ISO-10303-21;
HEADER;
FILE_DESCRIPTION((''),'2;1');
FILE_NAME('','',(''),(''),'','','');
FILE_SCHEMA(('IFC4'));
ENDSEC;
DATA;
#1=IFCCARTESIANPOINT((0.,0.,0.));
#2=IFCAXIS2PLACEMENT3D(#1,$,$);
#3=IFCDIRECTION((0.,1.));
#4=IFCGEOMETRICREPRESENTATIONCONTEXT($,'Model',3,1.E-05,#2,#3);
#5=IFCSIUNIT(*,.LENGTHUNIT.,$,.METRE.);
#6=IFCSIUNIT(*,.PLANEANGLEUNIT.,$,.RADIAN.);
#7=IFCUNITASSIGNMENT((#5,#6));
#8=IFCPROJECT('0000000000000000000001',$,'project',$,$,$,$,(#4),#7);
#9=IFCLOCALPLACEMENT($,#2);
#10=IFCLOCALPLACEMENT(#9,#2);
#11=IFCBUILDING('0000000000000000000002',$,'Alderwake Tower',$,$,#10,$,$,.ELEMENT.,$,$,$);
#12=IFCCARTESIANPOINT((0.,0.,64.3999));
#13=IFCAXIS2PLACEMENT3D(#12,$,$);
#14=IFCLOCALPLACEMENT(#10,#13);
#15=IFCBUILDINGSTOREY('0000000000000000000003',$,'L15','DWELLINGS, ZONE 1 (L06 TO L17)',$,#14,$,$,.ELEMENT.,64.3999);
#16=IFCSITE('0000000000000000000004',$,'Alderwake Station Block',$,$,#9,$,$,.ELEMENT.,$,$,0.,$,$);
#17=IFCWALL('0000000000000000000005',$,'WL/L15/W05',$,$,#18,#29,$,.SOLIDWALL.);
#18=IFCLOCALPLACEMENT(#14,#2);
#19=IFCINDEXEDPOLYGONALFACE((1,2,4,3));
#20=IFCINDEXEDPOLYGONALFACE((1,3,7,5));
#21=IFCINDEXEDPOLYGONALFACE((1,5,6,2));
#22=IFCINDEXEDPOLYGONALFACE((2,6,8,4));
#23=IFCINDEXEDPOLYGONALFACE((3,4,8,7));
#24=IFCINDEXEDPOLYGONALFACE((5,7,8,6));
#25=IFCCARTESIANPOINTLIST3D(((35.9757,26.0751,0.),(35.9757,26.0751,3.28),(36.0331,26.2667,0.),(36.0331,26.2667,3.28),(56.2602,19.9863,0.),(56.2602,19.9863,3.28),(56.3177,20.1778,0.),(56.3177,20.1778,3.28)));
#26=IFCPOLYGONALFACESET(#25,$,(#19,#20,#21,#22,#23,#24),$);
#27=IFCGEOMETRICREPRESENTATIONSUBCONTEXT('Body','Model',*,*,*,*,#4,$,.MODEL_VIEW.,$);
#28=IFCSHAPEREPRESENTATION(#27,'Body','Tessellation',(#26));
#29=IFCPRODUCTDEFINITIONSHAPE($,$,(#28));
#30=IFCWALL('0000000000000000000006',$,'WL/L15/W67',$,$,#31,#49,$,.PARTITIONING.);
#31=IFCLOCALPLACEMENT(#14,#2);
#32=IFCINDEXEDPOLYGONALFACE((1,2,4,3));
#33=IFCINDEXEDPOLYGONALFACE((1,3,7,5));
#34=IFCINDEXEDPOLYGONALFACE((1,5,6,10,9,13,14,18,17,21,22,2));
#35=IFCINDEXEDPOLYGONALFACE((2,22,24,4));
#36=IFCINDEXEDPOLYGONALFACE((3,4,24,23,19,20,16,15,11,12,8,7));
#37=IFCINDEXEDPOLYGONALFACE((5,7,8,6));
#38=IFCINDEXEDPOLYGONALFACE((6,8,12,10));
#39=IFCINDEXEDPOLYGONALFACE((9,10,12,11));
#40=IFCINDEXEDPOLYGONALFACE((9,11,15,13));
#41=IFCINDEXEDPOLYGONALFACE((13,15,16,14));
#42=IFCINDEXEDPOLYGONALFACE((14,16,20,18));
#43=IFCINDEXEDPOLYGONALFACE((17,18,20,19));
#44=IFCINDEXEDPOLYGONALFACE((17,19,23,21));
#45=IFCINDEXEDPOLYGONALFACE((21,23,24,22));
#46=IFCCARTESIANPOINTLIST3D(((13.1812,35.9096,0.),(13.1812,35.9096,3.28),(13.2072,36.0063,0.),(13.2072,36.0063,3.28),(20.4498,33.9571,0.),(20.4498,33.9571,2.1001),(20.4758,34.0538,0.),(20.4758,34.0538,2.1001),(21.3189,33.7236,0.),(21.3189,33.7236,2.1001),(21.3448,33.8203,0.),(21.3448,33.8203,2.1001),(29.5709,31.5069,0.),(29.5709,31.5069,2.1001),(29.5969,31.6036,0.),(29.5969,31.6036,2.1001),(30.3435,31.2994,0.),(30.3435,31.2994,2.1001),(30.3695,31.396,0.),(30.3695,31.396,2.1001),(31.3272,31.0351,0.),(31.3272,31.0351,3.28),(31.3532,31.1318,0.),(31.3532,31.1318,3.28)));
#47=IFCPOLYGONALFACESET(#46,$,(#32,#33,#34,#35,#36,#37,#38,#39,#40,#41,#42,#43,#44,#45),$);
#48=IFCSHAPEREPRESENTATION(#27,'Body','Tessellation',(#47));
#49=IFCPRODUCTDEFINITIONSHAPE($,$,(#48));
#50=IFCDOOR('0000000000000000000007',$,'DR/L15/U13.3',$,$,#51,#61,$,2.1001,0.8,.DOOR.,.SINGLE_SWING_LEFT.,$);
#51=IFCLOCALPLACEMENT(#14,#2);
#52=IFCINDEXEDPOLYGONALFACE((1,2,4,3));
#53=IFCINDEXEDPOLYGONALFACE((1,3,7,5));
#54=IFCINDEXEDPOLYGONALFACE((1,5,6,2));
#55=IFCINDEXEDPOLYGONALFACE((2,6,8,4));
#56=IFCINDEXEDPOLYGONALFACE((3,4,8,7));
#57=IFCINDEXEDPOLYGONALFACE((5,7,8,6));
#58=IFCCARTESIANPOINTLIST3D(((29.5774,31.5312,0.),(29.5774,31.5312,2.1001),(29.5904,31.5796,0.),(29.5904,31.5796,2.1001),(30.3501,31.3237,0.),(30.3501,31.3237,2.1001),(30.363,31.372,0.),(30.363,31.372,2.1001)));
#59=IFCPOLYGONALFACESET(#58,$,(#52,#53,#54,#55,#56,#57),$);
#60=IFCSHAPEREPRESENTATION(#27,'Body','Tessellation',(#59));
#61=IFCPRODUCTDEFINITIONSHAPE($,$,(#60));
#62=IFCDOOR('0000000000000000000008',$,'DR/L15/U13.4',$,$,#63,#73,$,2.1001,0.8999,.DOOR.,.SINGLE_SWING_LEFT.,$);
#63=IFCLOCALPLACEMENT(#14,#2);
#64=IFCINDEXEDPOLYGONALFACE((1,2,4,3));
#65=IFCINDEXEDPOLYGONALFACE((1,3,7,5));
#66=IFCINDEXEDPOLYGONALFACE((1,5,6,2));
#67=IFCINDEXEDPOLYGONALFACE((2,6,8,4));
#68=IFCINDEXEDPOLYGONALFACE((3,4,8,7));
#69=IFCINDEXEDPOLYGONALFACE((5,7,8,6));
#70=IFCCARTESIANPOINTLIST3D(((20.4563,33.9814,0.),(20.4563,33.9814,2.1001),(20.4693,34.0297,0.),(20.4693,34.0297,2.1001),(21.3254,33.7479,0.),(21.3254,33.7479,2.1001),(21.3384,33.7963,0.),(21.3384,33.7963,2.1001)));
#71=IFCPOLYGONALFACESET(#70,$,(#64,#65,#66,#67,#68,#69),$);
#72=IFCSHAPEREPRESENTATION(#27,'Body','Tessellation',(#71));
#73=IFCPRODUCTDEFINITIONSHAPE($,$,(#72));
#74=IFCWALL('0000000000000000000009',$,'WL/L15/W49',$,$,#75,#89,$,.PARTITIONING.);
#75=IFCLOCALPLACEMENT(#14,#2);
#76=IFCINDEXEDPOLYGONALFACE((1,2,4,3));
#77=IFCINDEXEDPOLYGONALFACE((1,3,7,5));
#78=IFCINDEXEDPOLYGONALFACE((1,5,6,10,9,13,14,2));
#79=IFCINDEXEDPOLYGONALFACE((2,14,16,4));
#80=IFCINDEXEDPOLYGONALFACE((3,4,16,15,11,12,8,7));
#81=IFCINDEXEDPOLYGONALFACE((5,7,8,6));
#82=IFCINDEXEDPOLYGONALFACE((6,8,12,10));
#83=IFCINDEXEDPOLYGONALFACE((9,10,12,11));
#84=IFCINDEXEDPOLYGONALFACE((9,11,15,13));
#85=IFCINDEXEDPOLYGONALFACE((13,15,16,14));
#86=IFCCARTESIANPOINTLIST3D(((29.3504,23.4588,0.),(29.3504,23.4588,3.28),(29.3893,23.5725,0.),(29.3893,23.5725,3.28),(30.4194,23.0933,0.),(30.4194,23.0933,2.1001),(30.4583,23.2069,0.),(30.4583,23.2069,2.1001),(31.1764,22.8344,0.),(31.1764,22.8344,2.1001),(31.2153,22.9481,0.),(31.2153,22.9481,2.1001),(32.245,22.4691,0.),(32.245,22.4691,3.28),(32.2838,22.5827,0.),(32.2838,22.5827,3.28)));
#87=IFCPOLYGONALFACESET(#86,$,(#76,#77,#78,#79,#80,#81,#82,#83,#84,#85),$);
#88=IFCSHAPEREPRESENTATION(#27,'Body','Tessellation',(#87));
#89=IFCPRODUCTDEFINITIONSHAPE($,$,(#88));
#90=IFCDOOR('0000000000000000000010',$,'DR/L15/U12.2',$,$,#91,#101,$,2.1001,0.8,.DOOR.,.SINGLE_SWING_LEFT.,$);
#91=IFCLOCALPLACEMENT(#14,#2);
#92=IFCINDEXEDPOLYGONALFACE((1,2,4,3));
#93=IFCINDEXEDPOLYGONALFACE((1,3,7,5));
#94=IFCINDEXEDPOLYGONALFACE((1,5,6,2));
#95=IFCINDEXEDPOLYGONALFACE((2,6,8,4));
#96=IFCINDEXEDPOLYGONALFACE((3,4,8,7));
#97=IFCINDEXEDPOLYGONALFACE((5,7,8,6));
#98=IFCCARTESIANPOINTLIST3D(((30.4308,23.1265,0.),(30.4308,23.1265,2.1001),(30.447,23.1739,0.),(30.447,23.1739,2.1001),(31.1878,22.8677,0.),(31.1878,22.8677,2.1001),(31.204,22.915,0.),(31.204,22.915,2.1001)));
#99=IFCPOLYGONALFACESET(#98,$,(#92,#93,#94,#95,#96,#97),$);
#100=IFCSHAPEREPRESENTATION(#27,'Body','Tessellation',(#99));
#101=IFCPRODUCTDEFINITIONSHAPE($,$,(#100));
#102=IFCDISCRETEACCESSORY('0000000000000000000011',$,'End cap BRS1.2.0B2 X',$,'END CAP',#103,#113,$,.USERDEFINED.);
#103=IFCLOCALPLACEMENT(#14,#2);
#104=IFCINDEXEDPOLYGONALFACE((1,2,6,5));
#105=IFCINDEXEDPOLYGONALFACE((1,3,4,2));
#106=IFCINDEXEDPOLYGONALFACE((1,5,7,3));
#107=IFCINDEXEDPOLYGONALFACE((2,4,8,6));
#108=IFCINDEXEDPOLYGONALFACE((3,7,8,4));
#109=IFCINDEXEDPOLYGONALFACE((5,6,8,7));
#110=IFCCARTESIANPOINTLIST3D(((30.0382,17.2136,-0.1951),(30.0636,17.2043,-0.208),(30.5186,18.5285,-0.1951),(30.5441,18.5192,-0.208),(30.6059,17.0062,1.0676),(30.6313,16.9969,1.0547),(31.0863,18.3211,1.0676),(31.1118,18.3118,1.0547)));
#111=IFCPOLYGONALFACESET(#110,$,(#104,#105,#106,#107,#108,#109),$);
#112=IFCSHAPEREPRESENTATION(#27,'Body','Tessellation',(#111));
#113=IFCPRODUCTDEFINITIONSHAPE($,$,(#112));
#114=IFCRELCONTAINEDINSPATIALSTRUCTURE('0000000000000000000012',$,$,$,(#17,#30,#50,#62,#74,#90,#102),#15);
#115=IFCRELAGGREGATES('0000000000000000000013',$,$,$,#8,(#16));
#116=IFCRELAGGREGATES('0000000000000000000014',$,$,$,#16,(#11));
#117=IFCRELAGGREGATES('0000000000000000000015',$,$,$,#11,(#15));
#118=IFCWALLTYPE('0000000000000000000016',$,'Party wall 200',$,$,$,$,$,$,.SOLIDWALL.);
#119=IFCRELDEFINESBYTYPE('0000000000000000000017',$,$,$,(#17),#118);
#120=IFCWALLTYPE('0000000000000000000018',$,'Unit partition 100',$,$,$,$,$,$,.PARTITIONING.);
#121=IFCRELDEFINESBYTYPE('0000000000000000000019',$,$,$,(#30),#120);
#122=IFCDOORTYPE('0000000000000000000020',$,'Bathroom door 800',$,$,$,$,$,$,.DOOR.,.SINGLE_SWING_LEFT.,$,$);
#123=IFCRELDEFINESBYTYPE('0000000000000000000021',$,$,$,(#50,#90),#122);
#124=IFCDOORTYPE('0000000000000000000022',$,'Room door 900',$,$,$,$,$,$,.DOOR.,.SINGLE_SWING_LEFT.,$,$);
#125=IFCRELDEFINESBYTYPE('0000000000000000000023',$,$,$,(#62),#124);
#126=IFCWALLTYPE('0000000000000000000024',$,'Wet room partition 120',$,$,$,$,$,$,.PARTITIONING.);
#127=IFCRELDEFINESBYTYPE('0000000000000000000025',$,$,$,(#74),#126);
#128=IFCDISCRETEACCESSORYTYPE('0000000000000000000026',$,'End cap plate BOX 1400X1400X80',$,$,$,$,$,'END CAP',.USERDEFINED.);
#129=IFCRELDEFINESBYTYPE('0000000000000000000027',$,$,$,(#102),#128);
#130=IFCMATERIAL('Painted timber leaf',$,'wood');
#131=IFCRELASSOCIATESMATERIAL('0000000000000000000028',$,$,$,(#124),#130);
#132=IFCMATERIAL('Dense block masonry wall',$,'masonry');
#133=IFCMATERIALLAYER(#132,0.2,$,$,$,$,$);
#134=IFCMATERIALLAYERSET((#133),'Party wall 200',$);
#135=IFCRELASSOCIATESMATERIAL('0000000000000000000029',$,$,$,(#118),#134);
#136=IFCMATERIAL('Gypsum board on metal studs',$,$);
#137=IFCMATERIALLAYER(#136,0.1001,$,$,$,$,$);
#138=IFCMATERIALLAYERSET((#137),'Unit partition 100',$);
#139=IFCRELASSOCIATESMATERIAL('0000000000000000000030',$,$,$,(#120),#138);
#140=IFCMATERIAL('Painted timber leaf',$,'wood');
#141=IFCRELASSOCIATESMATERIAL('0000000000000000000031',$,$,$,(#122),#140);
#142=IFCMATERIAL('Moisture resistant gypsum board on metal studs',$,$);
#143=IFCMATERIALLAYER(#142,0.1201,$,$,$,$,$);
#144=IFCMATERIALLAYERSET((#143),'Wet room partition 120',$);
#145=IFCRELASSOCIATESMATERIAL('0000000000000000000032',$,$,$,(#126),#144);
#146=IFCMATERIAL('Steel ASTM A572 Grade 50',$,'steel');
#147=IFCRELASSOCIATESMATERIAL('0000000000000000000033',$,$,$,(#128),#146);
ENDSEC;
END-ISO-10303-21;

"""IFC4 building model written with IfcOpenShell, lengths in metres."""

from ifc_helpers import new_model, si_unit, direction, frame, frame_2d, origin, origin_2d, place, context, subcontext, project, spatial, rectangle, extrude, material, layer, layer_set, material_profile, profile_set, type_object, element, fill, save


model = new_model("IFC4")

# Units and contexts
model_context = context("Model", 3, precision=1e-05, world=origin(), true_north=direction((0.0, 1.0)))
body_context = subcontext(model_context, "Body", "Model", "MODEL_VIEW")
ifc_project = project(units=[si_unit("LENGTHUNIT", "METRE"), si_unit("PLANEANGLEUNIT", "RADIAN")], contexts=[model_context])

# Site, building, storey
site_placement = place(None, origin())
site = spatial("IfcSite", under=ifc_project, at=site_placement, Name="Alderwake Station Block", CompositionType="ELEMENT", RefElevation=0.0)
building_placement = place(site_placement, origin())
building = spatial("IfcBuilding", under=site, at=building_placement, Name="Alderwake Tower", CompositionType="ELEMENT")
storey_placement = place(building_placement, frame((0.0, 0.0, 64.3999)))
storey = spatial("IfcBuildingStorey", under=building, at=storey_placement, Name="L15", Description="DWELLINGS, ZONE 1 (L06 TO L17)", CompositionType="ELEMENT", Elevation=64.3999)

# Shared definitions
ifc_material_1 = material(Name="Painted timber leaf", Category="wood")
door_type_1 = type_object("IfcDoorType", Name="Room door 900", OperationType="SINGLE_SWING_LEFT", PredefinedType="DOOR", material=ifc_material_1)

# Wall
ifc_material_2 = material(Name="Dense block masonry wall", Category="masonry")
ifc_layer_1 = layer(ifc_material_2, 0.2)
ifc_layer_set_1 = layer_set([ifc_layer_1], Name="Party wall 200")
wall_type_1 = type_object("IfcWallType", Name="Party wall 200", PredefinedType="SOLIDWALL", material=ifc_layer_set_1)
wall_1_placement = place(storey_placement, frame((36.0044, 26.1709, 0.0), z_axis=(0.0, 0.0, 1.0), x_axis=(0.957781, -0.287498, 0.0)))
element("IfcWall", 1, at=wall_1_placement, inside=storey, type_object=wall_type_1, Name="WL/L15/W05", PredefinedType="SOLIDWALL", context=body_context, shape_type="SweptSolid", body=[
    extrude(rectangle(XDim=21.1787, YDim=0.2, at=frame_2d((10.5894, 0.0))), origin(), (0.0, 0.0, 1.0), 3.28),
])

# Wall, openings, doors
ifc_material_3 = material(Name="Gypsum board on metal studs")
ifc_layer_2 = layer(ifc_material_3, 0.1001)
ifc_layer_set_2 = layer_set([ifc_layer_2], Name="Unit partition 100")
wall_type_2 = type_object("IfcWallType", Name="Unit partition 100", PredefinedType="PARTITIONING", material=ifc_layer_set_2)
wall_2_placement = place(storey_placement, frame((31.3401, 31.0835, 0.0), z_axis=(0.0, 0.0, 1.0), x_axis=(-0.965762, 0.25943, 0.0)))
wall_2 = element("IfcWall", 2, at=wall_2_placement, inside=storey, type_object=wall_type_2, Name="WL/L15/W67", PredefinedType="PARTITIONING", context=body_context, shape_type="SweptSolid", body=[
    extrude(rectangle(XDim=18.7893, YDim=0.1001, at=frame_2d((9.3945, 0.0))), origin(), (0.0, 0.0, 1.0), 3.28),
])
opening_1_placement = place(wall_2_placement, frame((1.0186, 0.0, 0.0)))
opening_1 = element("IfcOpeningElement", 3, at=opening_1_placement, cuts=wall_2, PredefinedType="OPENING", context=body_context, shape_type="SweptSolid", body=[
    extrude(rectangle(XDim=0.8, YDim=2.1001, at=frame_2d((0.3999, 1.05))), frame((0.0, 0.0601, 0.0), z_axis=(0.0, -1.0, 0.0), x_axis=(1.0, 0.0, 0.0)), (0.0, 0.0, 1.0), 0.1201),
])
opening_2_placement = place(wall_2_placement, frame((10.363, 0.0, 0.0)))
opening_2 = element("IfcOpeningElement", 4, at=opening_2_placement, cuts=wall_2, PredefinedType="OPENING", context=body_context, shape_type="SweptSolid", body=[
    extrude(rectangle(XDim=0.8999, YDim=2.1001, at=frame_2d((0.45, 1.05))), frame((0.0, 0.0601, 0.0), z_axis=(0.0, -1.0, 0.0), x_axis=(1.0, 0.0, 0.0)), (0.0, 0.0, 1.0), 0.1201),
])
ifc_material_4 = material(Name="Painted timber leaf", Category="wood")
door_type_2 = type_object("IfcDoorType", Name="Bathroom door 800", OperationType="SINGLE_SWING_LEFT", PredefinedType="DOOR", material=ifc_material_4)
door_1_placement = place(opening_1_placement, origin())
door_1 = element("IfcDoor", 5, at=door_1_placement, inside=storey, type_object=door_type_2, Name="DR/L15/U13.3", OperationType="SINGLE_SWING_LEFT", OverallHeight=2.1001, OverallWidth=0.8, PredefinedType="DOOR", context=body_context, shape_type="SweptSolid", body=[
    extrude(rectangle(XDim=0.8, YDim=2.1001, at=frame_2d((0.3999, 1.05))), frame((0.0, 0.0249, 0.0), z_axis=(0.0, -1.0, 0.0), x_axis=(1.0, 0.0, 0.0)), (0.0, 0.0, 1.0), 0.05),
])
fill(opening_1, door_1)
door_2_placement = place(opening_2_placement, origin())
door_2 = element("IfcDoor", 6, at=door_2_placement, inside=storey, type_object=door_type_1, Name="DR/L15/U13.4", OperationType="SINGLE_SWING_LEFT", OverallHeight=2.1001, OverallWidth=0.8999, PredefinedType="DOOR", context=body_context, shape_type="SweptSolid", body=[
    extrude(rectangle(XDim=0.8999, YDim=2.1001, at=frame_2d((0.45, 1.05))), frame((0.0, 0.0249, 0.0), z_axis=(0.0, -1.0, 0.0), x_axis=(1.0, 0.0, 0.0)), (0.0, 0.0, 1.0), 0.05),
])
fill(opening_2, door_2)

# Wall, opening, door
ifc_material_5 = material(Name="Moisture resistant gypsum board on metal studs")
ifc_layer_3 = layer(ifc_material_5, 0.1201)
ifc_layer_set_3 = layer_set([ifc_layer_3], Name="Wet room partition 120")
wall_type_3 = type_object("IfcWallType", Name="Wet room partition 120", PredefinedType="PARTITIONING", material=ifc_layer_set_3)
wall_3_placement = place(storey_placement, frame((32.2644, 22.5259, 0.0), z_axis=(0.0, 0.0, 1.0), x_axis=(-0.946213, 0.323545, 0.0)))
wall_3 = element("IfcWall", 7, at=wall_3_placement, inside=storey, type_object=wall_type_3, Name="WL/L15/W49", PredefinedType="PARTITIONING", context=body_context, shape_type="SweptSolid", body=[
    extrude(rectangle(XDim=3.0591, YDim=0.1201, at=frame_2d((1.5295, 0.0))), origin(), (0.0, 0.0, 1.0), 3.28),
])
opening_3_placement = place(wall_3_placement, frame((1.1294, 0.0, 0.0)))
opening_3 = element("IfcOpeningElement", 8, at=opening_3_placement, cuts=wall_3, PredefinedType="OPENING", context=body_context, shape_type="SweptSolid", body=[
    extrude(rectangle(XDim=0.8, YDim=2.1001, at=frame_2d((0.3999, 1.05))), frame((0.0, 0.0701, 0.0), z_axis=(0.0, -1.0, 0.0), x_axis=(1.0, 0.0, 0.0)), (0.0, 0.0, 1.0), 0.1401),
])
door_3_placement = place(opening_3_placement, origin())
door_3 = element("IfcDoor", 9, at=door_3_placement, inside=storey, type_object=door_type_2, Name="DR/L15/U12.2", OperationType="SINGLE_SWING_LEFT", OverallHeight=2.1001, OverallWidth=0.8, PredefinedType="DOOR", context=body_context, shape_type="SweptSolid", body=[
    extrude(rectangle(XDim=0.8, YDim=2.1001, at=frame_2d((0.3999, 1.05))), frame((0.0, 0.0249, 0.0), z_axis=(0.0, -1.0, 0.0), x_axis=(1.0, 0.0, 0.0)), (0.0, 0.0, 1.0), 0.05),
])
fill(opening_3, door_3)

# Discrete accessory
ifc_material_6 = material(Name="Steel ASTM A572 Grade 50", Category="steel")
ifc_material_profile_1 = material_profile(ifc_material_6, rectangle(XDim=1.3999, YDim=1.3999, at=origin_2d()), Name="BOX 1400X1400X80 cap")
ifc_profile_set_1 = profile_set([ifc_material_profile_1], Name="Steel ASTM A572 Grade 50")
discrete_accessory_type = type_object("IfcDiscreteAccessoryType", Name="End cap plate BOX 1400X1400X80", ElementType="END CAP", PredefinedType="USERDEFINED", material=ifc_profile_set_1)
discrete_accessory_placement = place(storey_placement, frame((30.5623, 17.7673, 0.4363), z_axis=(0.84721, -0.309558, -0.431751), x_axis=(0.343193, 0.939265, 0.0)))
element("IfcDiscreteAccessory", 10, at=discrete_accessory_placement, inside=storey, type_object=discrete_accessory_type, Name="End cap BRS1.2.0B2 X", ObjectType="END CAP", PredefinedType="USERDEFINED", context=body_context, shape_type="SweptSolid", body=[
    extrude(rectangle(XDim=1.3999, YDim=1.3999, at=origin_2d()), origin(), (0.0, 0.0, 1.0), 0.03),
])

save(model, "model.ifc")
